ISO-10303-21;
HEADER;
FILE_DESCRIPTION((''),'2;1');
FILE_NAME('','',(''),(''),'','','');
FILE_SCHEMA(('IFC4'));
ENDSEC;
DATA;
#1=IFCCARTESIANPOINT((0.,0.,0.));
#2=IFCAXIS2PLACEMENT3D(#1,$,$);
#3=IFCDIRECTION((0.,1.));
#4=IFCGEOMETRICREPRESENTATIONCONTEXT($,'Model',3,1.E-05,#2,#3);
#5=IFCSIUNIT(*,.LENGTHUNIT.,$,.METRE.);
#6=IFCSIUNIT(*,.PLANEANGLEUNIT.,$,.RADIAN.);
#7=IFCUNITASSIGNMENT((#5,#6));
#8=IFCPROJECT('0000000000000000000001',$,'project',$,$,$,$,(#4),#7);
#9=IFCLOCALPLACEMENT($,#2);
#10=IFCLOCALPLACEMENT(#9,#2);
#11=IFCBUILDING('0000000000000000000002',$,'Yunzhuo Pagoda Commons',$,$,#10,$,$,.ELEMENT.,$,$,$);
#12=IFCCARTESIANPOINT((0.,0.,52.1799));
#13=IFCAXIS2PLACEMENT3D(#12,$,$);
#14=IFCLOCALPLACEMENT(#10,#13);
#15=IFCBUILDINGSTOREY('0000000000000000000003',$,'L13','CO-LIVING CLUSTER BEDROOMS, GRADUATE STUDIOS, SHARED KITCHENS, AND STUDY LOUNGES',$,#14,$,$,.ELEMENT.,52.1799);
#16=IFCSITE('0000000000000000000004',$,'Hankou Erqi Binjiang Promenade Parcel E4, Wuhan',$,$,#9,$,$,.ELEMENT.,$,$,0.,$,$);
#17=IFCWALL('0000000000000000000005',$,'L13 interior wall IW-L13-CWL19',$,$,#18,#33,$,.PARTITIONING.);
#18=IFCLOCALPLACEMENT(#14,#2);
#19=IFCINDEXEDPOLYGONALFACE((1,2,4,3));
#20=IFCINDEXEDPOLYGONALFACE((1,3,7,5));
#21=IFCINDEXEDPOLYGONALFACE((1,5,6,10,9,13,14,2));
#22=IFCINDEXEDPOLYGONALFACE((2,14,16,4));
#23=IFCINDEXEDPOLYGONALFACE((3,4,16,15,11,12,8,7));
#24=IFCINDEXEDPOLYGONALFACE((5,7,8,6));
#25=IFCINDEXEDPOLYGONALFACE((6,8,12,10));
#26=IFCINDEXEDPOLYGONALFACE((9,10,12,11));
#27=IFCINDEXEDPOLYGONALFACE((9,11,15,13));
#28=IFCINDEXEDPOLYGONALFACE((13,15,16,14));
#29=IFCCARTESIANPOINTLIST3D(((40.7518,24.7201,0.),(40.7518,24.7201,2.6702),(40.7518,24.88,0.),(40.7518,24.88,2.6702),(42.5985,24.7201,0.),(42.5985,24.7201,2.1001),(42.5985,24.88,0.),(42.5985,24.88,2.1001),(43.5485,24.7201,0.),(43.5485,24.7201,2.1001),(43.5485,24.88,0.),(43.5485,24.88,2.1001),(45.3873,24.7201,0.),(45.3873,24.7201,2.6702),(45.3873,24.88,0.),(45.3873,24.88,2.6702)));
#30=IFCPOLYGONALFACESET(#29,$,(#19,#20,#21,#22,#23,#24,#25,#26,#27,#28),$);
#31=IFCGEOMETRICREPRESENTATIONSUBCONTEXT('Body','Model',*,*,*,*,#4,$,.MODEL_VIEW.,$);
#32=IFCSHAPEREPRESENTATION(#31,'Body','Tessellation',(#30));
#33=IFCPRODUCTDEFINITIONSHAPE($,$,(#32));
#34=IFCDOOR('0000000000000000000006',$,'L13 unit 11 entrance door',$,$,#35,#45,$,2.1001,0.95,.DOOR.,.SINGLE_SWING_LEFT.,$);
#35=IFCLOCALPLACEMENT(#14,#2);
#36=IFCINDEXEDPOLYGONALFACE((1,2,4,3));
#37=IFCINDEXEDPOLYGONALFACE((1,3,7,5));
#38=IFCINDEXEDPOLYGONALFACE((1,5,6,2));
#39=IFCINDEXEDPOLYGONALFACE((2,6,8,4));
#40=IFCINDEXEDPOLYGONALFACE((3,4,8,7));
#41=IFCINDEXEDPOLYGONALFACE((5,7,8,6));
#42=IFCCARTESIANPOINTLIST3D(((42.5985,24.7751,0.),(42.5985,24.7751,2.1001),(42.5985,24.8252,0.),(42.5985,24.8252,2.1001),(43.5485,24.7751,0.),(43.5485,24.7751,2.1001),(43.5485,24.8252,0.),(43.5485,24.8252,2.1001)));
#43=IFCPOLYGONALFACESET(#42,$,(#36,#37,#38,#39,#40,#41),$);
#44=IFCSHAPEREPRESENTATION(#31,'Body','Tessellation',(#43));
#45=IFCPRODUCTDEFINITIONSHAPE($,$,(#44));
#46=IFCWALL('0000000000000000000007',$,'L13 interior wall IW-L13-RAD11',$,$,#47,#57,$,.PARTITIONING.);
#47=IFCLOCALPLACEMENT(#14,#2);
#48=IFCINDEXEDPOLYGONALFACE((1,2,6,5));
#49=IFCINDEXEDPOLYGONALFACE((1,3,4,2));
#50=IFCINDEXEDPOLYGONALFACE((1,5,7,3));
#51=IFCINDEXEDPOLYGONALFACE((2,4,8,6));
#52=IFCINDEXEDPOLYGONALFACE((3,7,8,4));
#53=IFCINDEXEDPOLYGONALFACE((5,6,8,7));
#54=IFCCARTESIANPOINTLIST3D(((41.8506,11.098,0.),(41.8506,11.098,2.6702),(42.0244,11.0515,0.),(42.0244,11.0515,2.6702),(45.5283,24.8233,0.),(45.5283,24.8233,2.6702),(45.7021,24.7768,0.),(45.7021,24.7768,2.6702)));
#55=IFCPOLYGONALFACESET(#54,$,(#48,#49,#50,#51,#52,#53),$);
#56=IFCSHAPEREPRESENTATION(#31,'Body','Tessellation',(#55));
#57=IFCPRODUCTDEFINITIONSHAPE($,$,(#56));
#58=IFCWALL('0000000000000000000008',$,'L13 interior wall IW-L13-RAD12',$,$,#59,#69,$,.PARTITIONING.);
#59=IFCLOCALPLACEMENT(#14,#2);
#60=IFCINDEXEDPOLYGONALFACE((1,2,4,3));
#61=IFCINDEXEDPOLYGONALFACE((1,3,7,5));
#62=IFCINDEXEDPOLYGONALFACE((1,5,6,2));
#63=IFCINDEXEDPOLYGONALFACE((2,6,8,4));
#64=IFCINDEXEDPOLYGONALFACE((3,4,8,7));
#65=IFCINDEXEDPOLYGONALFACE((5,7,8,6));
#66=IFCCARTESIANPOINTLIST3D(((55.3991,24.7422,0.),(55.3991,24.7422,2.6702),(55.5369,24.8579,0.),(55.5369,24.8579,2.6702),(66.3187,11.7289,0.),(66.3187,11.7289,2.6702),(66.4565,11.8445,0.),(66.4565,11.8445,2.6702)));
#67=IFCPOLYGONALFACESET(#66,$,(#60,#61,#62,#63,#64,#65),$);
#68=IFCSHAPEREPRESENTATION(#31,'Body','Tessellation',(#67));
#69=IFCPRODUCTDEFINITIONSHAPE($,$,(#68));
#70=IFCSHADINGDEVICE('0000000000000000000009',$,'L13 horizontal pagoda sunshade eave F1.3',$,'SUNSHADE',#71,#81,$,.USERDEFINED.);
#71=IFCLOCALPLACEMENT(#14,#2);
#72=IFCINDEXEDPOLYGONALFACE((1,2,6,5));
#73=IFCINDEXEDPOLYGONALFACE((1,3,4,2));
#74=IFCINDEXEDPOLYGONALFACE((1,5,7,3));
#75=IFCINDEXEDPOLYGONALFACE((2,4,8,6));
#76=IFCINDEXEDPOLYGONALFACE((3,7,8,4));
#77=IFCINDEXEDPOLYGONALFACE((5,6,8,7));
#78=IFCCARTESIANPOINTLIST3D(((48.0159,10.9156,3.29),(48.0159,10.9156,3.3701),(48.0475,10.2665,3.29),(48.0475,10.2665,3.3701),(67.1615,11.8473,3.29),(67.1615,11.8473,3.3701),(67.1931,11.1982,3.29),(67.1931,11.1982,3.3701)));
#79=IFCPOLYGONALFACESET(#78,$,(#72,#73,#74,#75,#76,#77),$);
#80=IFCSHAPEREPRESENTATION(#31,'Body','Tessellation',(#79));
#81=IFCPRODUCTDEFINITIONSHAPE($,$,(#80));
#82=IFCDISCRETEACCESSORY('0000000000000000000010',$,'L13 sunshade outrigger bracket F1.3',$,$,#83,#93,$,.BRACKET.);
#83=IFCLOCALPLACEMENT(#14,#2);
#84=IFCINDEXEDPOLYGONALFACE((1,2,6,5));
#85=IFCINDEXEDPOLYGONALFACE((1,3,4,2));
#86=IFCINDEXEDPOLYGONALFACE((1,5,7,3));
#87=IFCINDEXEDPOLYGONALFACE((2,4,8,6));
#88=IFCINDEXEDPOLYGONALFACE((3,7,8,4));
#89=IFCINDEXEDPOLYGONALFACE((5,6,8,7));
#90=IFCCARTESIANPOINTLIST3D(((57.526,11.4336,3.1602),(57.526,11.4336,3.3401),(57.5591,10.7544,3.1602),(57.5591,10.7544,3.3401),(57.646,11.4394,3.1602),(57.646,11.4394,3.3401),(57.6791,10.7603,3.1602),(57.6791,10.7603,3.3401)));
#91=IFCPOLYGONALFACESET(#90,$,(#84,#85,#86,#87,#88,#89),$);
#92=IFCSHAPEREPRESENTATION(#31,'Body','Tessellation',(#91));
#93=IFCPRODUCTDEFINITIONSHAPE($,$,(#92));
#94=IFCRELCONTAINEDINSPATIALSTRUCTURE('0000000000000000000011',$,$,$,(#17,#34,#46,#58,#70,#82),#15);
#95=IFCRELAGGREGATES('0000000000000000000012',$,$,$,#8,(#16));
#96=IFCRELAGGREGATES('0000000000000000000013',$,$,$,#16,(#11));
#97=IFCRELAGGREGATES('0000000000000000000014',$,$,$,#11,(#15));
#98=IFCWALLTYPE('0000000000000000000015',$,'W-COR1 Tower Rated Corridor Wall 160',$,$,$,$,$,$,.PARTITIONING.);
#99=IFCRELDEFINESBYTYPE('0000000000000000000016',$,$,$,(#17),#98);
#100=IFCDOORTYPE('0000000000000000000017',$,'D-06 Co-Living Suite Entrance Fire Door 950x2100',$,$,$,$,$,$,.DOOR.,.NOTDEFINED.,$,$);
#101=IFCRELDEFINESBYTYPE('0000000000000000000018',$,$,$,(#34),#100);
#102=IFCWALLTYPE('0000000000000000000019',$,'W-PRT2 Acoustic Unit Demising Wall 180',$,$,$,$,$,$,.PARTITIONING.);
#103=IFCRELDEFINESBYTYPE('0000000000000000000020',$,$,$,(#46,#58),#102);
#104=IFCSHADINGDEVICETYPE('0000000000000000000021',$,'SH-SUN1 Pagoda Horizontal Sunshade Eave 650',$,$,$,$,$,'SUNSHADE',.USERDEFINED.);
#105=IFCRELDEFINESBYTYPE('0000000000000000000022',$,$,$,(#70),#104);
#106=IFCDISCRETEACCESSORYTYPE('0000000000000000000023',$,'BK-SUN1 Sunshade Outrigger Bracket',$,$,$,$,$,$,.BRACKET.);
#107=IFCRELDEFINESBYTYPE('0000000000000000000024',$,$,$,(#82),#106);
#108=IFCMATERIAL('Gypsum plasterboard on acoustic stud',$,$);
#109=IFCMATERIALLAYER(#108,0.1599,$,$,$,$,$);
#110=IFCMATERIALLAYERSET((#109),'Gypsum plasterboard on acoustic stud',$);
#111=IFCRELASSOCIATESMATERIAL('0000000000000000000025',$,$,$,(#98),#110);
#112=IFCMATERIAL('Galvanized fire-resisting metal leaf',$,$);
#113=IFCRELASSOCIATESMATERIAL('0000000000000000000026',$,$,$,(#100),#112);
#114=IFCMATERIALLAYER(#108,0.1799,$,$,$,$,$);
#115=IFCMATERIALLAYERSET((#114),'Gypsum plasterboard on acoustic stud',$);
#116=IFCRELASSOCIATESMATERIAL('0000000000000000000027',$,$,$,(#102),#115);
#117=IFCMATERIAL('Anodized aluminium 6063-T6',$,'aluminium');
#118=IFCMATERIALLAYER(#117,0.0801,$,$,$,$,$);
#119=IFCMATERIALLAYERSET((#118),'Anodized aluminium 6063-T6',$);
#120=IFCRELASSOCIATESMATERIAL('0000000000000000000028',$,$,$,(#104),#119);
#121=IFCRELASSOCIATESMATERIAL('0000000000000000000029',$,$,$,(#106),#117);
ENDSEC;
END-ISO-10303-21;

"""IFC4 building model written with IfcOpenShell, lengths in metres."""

from ifc_helpers import new_model, si_unit, direction, frame, frame_2d, origin, origin_with_axes, origin_2d, place, context, subcontext, project, spatial, rectangle, extrude, source, transform, mapped, material, layer, layer_set, type_object, element, fill, save


model = new_model("IFC4")

# Units and contexts
model_context = context("Model", 3, precision=1e-05, world=origin(), true_north=direction((0.0, 1.0)))
body_context = subcontext(model_context, "Body", "Model", "MODEL_VIEW")
ifc_project = project(units=[si_unit("LENGTHUNIT", "METRE"), si_unit("PLANEANGLEUNIT", "RADIAN")], contexts=[model_context])

# Site, building, storey
site_placement = place(None, origin())
site = spatial("IfcSite", under=ifc_project, at=site_placement, Name="Hankou Erqi Binjiang Promenade Parcel E4, Wuhan", CompositionType="ELEMENT", RefElevation=0.0)
building_placement = place(site_placement, origin())
building = spatial("IfcBuilding", under=site, at=building_placement, Name="Yunzhuo Pagoda Commons", CompositionType="ELEMENT")
storey_placement = place(building_placement, frame((0.0, 0.0, 52.1799)))
storey = spatial("IfcBuildingStorey", under=building, at=storey_placement, Name="L13", Description="CO-LIVING CLUSTER BEDROOMS, GRADUATE STUDIOS, SHARED KITCHENS, AND STUDY LOUNGES", CompositionType="ELEMENT", Elevation=52.1799)

# Shared definitions
ifc_material_1 = material(Name="Anodized aluminium 6063-T6", Category="aluminium")

# Wall, opening, door
ifc_material_2 = material(Name="Gypsum plasterboard on acoustic stud")
ifc_layer_1 = layer(ifc_material_2, 0.1599)
ifc_layer_set_1 = layer_set([ifc_layer_1], Name="Gypsum plasterboard on acoustic stud")
wall_type_1 = type_object("IfcWallType", Name="W-COR1 Tower Rated Corridor Wall 160", PredefinedType="PARTITIONING", material=ifc_layer_set_1)
ifc_material_3 = material(Name="Galvanized fire-resisting metal leaf")
door_type = type_object("IfcDoorType", Name="D-06 Co-Living Suite Entrance Fire Door 950x2100", OperationType="NOTDEFINED", PredefinedType="DOOR", material=ifc_material_3)
shared_shape_1 = source(origin(), body_context, "Body", "SweptSolid", [
    extrude(rectangle(XDim=0.95, YDim=2.1001, at=frame_2d((0.4751, 1.05))), frame((0.0, 0.0249, 0.0), z_axis=(0.0, -1.0, 0.0), x_axis=(1.0, 0.0, 0.0)), (0.0, 0.0, 1.0), 0.05),
])
wall_1_placement = place(storey_placement, frame((45.3875, 24.8, 0.0), z_axis=(0.0, 0.0, 1.0), x_axis=(-1.0, 0.0, 0.0)))
wall_1 = element("IfcWall", 1, at=wall_1_placement, inside=storey, type_object=wall_type_1, Name="L13 interior wall IW-L13-CWL19", PredefinedType="PARTITIONING", context=body_context, shape_type="SweptSolid", body=[
    extrude(rectangle(XDim=4.6355, YDim=0.1599, at=frame_2d((2.3179, 0.0))), origin(), (0.0, 0.0, 1.0), 2.6702),
])
opening_1_placement = place(wall_1_placement, frame((1.8389, 0.0, 0.0)))
opening_1 = element("IfcOpeningElement", 2, at=opening_1_placement, cuts=wall_1, PredefinedType="OPENING", context=body_context, shape_type="SweptSolid", body=[
    extrude(rectangle(XDim=0.95, YDim=2.1001, at=frame_2d((0.4751, 1.05))), frame((0.0, 0.0898, 0.0), z_axis=(0.0, -1.0, 0.0), x_axis=(1.0, 0.0, 0.0)), (0.0, 0.0, 1.0), 0.1799),
])
door_1_placement = place(opening_1_placement, origin_with_axes())
door_1 = element("IfcDoor", 3, at=door_1_placement, inside=storey, type_object=door_type, Name="L13 unit 11 entrance door", OperationType="SINGLE_SWING_LEFT", OverallHeight=2.1001, OverallWidth=0.95, PredefinedType="DOOR", context=body_context, shape_type="MappedRepresentation", body=[
    mapped(shared_shape_1, transform((0.0, 0.0, 0.0), scale=1.0)),
])
fill(opening_1, door_1)

# Walls
ifc_layer_2 = layer(ifc_material_2, 0.1799)
ifc_layer_set_2 = layer_set([ifc_layer_2], Name="Gypsum plasterboard on acoustic stud")
wall_type_2 = type_object("IfcWallType", Name="W-PRT2 Acoustic Unit Demising Wall 180", PredefinedType="PARTITIONING", material=ifc_layer_set_2)
wall_2_placement = place(storey_placement, frame((45.6152, 24.8, 0.0), z_axis=(0.0, 0.0, 1.0), x_axis=(-0.258822, -0.965925, 0.0)))
element("IfcWall", 4, at=wall_2_placement, inside=storey, type_object=wall_type_2, Name="L13 interior wall IW-L13-RAD11", PredefinedType="PARTITIONING", context=body_context, shape_type="SweptSolid", body=[
    extrude(rectangle(XDim=14.2095, YDim=0.1799, at=frame_2d((7.1047, 0.0))), origin(), (0.0, 0.0, 1.0), 2.6702),
])
wall_3_placement = place(storey_placement, frame((55.468, 24.8, 0.0), z_axis=(0.0, 0.0, 1.0), x_axis=(0.642792, -0.766041, 0.0)))
element("IfcWall", 5, at=wall_3_placement, inside=storey, type_object=wall_type_2, Name="L13 interior wall IW-L13-RAD12", PredefinedType="PARTITIONING", context=body_context, shape_type="SweptSolid", body=[
    extrude(rectangle(XDim=16.9878, YDim=0.1799, at=frame_2d((8.4939, 0.0))), origin(), (0.0, 0.0, 1.0), 2.6702),
])

# Shading device
ifc_layer_3 = layer(ifc_material_1, 0.0801)
ifc_layer_set_3 = layer_set([ifc_layer_3], Name="Anodized aluminium 6063-T6")
shading_device_type = type_object("IfcShadingDeviceType", Name="SH-SUN1 Pagoda Horizontal Sunshade Eave 650", ElementType="SUNSHADE", PredefinedType="USERDEFINED", material=ifc_layer_set_3)
shared_shape_2 = source(origin(), body_context, "Body", "SweptSolid", [
    extrude(rectangle(XDim=19.1682, YDim=0.6499, at=origin_2d()), origin(), (0.0, 0.0, 1.0), 0.0801),
])
shading_device_placement = place(storey_placement, frame((57.6045, 11.0569, 3.29), z_axis=(0.0, 0.0, 1.0), x_axis=(0.998818, 0.048606, 0.0)))
element("IfcShadingDevice", 6, at=shading_device_placement, inside=storey, type_object=shading_device_type, Name="L13 horizontal pagoda sunshade eave F1.3", ObjectType="SUNSHADE", PredefinedType="USERDEFINED", context=body_context, shape_type="MappedRepresentation", body=[
    mapped(shared_shape_2, transform((0.0, 0.0, 0.0), scale=1.0)),
])

# Discrete accessory
discrete_accessory_type = type_object("IfcDiscreteAccessoryType", Name="BK-SUN1 Sunshade Outrigger Bracket", PredefinedType="BRACKET", material=ifc_material_1)
shared_shape_3 = source(origin(), body_context, "Body", "SweptSolid", [
    extrude(rectangle(XDim=0.1201, YDim=0.6799, at=origin_2d()), origin(), (0.0, 0.0, 1.0), 0.1799),
])
discrete_accessory_placement = place(storey_placement, frame((57.6025, 11.0969, 3.1602), z_axis=(0.0, 0.0, 1.0), x_axis=(0.998818, 0.048606, 0.0)))
element("IfcDiscreteAccessory", 7, at=discrete_accessory_placement, inside=storey, type_object=discrete_accessory_type, Name="L13 sunshade outrigger bracket F1.3", PredefinedType="BRACKET", context=body_context, shape_type="MappedRepresentation", body=[
    mapped(shared_shape_3, transform((0.0, 0.0, 0.0), scale=1.0)),
])

save(model, "model.ifc")
